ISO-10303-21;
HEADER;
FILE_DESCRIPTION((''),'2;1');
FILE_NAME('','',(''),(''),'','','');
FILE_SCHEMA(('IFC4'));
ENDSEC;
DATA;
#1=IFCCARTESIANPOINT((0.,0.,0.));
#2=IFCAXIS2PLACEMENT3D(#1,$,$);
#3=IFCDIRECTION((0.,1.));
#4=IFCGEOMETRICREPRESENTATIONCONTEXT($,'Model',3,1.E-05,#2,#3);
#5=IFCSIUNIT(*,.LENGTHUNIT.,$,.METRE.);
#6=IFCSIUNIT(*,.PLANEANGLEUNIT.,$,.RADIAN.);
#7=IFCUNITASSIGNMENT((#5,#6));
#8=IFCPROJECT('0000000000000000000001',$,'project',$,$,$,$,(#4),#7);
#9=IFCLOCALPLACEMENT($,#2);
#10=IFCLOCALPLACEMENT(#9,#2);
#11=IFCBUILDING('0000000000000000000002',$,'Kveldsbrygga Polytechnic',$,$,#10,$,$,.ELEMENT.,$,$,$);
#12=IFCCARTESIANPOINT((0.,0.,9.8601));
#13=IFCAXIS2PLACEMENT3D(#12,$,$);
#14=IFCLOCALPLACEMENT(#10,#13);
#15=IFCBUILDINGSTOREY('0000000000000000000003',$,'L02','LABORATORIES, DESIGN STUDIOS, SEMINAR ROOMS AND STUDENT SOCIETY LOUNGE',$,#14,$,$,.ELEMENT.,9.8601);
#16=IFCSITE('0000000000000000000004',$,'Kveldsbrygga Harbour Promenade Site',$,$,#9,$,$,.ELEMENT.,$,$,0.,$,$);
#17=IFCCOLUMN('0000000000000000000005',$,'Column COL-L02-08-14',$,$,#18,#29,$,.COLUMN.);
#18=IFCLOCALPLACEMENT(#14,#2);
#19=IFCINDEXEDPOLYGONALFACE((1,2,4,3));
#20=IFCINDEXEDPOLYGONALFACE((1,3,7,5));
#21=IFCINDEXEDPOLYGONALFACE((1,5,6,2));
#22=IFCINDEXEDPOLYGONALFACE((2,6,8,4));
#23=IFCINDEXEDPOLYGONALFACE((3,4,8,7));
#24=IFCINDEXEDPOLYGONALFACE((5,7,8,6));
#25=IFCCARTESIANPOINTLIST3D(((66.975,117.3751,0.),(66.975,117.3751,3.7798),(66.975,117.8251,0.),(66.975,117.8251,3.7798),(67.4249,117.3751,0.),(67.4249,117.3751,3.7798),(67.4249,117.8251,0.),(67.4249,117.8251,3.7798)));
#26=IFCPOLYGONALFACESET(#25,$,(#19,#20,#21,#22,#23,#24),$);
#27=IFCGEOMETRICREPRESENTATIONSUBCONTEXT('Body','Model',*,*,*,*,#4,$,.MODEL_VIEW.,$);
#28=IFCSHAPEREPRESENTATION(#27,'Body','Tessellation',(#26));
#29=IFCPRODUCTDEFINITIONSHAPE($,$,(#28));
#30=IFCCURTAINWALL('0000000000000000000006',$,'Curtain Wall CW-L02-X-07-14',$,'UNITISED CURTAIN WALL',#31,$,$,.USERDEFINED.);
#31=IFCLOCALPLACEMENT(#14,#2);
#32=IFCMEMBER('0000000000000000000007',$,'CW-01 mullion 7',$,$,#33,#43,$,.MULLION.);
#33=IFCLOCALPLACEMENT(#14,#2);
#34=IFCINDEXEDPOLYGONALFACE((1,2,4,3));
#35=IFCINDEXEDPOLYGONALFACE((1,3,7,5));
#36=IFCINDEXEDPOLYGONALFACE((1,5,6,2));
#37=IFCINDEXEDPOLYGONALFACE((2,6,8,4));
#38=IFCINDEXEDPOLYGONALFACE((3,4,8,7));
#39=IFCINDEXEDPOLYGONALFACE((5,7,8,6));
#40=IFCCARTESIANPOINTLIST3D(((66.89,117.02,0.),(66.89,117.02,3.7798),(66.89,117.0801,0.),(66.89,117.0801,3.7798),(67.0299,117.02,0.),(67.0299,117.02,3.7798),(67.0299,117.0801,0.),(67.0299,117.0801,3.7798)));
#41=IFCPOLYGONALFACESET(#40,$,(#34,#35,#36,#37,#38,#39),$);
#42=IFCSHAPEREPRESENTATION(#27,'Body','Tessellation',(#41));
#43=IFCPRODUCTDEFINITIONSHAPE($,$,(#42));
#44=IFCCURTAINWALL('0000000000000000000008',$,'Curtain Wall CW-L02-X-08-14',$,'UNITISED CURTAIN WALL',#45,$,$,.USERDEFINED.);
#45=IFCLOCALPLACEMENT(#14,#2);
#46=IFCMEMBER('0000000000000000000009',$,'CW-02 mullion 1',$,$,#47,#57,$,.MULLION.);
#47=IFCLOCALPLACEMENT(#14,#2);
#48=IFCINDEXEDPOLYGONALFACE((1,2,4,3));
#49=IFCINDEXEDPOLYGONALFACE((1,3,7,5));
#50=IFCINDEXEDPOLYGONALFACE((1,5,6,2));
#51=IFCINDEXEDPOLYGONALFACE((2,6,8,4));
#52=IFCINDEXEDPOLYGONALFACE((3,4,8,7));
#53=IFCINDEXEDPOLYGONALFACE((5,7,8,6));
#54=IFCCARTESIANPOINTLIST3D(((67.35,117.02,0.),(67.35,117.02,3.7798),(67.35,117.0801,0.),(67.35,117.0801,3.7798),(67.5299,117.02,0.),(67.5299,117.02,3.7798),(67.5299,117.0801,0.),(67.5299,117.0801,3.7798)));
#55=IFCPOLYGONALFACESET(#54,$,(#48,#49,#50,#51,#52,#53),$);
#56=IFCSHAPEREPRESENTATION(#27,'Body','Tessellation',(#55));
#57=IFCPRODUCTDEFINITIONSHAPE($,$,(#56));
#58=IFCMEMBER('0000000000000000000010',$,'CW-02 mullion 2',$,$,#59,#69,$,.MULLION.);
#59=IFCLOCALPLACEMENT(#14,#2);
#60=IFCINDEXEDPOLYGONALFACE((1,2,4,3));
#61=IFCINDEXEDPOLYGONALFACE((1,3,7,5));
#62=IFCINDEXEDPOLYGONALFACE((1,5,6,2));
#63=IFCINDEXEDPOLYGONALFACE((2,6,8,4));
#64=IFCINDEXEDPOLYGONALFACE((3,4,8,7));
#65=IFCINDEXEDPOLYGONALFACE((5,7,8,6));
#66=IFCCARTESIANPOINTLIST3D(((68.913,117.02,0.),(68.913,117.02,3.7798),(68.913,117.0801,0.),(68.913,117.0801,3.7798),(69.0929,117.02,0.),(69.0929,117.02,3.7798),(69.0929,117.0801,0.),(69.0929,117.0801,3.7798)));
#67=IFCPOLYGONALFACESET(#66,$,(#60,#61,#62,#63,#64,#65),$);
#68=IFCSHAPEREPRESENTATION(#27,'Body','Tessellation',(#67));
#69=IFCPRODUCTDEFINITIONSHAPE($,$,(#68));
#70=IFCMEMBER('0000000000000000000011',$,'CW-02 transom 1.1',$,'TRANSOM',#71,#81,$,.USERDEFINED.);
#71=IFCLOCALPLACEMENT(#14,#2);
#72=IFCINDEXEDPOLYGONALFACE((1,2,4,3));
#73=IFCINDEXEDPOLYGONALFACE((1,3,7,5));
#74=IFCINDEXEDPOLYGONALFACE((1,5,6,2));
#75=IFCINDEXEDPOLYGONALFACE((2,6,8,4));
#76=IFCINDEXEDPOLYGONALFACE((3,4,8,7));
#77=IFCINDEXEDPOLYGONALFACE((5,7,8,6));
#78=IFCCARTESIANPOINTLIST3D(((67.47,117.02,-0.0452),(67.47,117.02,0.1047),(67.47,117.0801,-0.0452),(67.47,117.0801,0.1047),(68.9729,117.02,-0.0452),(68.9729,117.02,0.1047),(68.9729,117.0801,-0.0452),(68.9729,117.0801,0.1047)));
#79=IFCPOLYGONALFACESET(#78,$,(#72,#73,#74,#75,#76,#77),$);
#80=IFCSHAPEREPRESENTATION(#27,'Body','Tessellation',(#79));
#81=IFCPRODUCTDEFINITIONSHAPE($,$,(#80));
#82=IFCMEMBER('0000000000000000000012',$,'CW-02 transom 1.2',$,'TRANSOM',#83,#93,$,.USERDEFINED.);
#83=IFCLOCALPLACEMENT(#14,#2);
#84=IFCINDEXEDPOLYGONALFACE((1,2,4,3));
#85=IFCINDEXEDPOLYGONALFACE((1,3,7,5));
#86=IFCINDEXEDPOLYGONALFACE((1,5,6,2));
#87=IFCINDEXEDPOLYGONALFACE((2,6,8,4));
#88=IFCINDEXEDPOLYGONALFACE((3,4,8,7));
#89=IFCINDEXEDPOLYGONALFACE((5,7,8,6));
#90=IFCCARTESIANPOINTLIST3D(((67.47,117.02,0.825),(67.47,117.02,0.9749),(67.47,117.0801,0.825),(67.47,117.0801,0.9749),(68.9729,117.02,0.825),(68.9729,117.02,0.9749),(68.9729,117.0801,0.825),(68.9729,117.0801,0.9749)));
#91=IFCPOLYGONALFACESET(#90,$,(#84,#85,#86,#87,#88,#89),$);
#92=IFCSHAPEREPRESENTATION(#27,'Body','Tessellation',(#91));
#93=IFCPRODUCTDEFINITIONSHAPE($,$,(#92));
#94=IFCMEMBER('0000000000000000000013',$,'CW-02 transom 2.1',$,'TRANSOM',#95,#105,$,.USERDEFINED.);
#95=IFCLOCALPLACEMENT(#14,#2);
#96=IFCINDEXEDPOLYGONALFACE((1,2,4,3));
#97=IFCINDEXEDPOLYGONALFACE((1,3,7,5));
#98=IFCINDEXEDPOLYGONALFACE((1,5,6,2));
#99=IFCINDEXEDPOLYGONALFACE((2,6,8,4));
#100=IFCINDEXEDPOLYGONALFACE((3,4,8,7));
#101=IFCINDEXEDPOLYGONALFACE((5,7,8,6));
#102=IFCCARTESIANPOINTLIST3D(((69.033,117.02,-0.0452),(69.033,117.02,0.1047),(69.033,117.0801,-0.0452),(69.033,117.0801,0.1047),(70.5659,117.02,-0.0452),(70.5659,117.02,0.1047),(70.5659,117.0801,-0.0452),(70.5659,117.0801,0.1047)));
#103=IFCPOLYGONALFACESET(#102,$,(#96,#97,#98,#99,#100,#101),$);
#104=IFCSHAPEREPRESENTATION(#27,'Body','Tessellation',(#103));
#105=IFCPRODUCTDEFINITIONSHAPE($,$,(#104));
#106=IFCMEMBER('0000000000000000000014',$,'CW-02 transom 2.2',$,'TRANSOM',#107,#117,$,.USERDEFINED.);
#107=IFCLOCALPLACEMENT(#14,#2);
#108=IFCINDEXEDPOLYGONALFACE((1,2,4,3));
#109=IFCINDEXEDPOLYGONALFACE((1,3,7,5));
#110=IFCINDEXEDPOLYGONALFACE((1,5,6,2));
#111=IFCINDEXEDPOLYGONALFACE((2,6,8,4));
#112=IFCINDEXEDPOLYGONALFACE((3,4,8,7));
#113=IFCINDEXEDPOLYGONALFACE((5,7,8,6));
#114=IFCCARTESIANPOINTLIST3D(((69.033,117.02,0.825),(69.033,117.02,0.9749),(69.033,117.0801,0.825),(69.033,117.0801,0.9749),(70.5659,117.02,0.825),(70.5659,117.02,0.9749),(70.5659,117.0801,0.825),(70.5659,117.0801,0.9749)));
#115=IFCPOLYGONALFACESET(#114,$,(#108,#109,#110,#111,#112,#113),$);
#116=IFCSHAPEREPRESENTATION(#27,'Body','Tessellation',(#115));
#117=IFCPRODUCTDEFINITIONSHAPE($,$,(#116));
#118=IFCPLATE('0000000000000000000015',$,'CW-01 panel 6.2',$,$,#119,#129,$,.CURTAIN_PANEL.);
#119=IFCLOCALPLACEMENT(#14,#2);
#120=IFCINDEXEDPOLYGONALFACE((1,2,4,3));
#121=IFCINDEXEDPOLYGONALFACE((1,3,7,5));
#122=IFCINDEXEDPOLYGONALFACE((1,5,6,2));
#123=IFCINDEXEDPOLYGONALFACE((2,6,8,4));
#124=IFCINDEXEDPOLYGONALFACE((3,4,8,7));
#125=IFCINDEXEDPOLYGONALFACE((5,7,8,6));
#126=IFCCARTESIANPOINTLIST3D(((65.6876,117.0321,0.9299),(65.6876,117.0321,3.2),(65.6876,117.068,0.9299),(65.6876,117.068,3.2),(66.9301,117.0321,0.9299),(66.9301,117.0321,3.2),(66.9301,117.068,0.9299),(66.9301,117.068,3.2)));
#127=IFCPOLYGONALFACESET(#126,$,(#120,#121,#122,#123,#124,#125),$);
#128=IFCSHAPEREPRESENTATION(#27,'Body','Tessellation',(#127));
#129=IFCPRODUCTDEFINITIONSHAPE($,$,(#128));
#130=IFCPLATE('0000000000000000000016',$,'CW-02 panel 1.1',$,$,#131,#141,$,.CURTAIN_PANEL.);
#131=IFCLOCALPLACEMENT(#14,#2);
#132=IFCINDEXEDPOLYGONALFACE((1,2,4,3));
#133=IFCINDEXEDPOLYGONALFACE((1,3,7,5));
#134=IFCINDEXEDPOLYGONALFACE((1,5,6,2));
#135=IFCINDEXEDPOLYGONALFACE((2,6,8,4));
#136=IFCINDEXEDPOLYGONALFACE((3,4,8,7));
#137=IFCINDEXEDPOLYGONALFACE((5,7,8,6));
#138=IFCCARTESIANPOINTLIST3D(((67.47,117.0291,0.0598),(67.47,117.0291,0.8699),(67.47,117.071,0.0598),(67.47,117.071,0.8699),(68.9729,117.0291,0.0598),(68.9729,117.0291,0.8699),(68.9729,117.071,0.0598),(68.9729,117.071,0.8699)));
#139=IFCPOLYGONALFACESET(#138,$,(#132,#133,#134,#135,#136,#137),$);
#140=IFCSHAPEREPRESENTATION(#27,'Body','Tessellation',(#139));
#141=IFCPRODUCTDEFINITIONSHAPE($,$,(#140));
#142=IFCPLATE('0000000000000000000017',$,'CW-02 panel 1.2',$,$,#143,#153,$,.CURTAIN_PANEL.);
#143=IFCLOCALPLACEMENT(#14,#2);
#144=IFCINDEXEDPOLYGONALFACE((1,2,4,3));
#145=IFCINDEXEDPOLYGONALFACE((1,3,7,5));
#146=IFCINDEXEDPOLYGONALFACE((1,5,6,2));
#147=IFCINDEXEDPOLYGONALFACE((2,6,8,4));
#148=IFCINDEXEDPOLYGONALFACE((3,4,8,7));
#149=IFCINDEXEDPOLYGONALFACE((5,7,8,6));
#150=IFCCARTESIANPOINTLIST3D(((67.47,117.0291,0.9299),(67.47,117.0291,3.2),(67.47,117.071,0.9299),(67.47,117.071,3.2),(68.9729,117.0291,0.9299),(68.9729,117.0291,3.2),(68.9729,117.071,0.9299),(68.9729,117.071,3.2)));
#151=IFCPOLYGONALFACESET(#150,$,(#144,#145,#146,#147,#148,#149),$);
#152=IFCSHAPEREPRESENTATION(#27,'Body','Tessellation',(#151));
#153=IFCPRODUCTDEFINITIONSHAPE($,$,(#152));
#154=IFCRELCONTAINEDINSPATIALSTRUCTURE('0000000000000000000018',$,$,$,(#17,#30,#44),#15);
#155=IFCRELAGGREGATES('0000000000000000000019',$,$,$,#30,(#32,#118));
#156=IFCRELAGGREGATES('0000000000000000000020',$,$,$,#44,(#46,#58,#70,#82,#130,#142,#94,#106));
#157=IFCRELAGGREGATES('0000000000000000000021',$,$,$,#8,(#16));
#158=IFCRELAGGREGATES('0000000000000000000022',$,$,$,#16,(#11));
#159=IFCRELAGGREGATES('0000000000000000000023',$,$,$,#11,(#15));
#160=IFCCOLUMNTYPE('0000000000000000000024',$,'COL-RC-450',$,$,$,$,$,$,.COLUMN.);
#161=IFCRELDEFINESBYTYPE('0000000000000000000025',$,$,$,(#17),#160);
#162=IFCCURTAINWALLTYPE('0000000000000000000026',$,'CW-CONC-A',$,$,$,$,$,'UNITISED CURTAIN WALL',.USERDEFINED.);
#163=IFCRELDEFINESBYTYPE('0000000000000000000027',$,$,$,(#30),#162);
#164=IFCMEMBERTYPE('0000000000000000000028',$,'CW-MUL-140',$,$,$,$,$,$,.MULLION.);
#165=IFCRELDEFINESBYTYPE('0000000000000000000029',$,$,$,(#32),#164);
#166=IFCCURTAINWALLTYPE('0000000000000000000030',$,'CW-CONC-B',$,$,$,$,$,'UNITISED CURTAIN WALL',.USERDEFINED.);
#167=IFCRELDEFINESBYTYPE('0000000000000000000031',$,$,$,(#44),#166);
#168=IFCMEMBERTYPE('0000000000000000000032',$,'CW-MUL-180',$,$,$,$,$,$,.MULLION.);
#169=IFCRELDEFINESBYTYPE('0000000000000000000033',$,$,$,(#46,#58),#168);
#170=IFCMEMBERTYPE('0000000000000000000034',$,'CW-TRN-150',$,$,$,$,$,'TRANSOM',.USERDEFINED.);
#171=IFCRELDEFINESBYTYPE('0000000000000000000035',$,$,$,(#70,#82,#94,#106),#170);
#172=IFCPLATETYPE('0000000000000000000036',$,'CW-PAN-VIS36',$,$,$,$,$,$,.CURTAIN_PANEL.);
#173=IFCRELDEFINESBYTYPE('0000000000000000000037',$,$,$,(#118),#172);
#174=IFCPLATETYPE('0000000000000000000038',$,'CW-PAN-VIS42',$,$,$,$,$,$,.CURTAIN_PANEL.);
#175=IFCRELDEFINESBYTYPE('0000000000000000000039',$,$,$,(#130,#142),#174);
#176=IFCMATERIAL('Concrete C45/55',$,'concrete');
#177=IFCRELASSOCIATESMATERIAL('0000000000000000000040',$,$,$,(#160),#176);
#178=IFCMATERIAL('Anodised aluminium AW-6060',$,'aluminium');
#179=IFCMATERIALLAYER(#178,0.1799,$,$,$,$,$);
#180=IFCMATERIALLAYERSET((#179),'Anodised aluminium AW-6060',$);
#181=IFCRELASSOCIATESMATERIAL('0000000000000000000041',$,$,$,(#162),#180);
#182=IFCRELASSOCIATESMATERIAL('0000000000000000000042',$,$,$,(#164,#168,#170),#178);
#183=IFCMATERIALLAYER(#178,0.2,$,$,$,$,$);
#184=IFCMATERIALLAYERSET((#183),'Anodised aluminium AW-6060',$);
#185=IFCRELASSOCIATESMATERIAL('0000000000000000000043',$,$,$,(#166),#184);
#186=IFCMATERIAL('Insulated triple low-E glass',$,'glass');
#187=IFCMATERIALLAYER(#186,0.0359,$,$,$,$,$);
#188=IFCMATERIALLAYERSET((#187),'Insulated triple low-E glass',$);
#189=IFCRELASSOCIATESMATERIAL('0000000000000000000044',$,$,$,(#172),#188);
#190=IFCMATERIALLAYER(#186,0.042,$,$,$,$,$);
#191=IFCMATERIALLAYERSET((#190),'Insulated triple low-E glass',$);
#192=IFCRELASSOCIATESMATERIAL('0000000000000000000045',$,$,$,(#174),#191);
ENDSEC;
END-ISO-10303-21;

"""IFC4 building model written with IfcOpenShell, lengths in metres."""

from ifc_helpers import new_model, si_unit, direction, frame, origin, origin_2d, place, context, subcontext, project, spatial, rectangle, extrude, material, layer, layer_set, material_profile, profile_set, type_object, element, aggregate, save


model = new_model("IFC4")

# Units and contexts
model_context = context("Model", 3, precision=1e-05, world=origin(), true_north=direction((0.0, 1.0)))
body_context = subcontext(model_context, "Body", "Model", "MODEL_VIEW")
ifc_project = project(units=[si_unit("LENGTHUNIT", "METRE"), si_unit("PLANEANGLEUNIT", "RADIAN")], contexts=[model_context])

# Site, building, storey
site_placement = place(None, origin())
site = spatial("IfcSite", under=ifc_project, at=site_placement, Name="Kveldsbrygga Harbour Promenade Site", CompositionType="ELEMENT", RefElevation=0.0)
building_placement = place(site_placement, origin())
building = spatial("IfcBuilding", under=site, at=building_placement, Name="Kveldsbrygga Polytechnic", CompositionType="ELEMENT")
storey_placement = place(building_placement, frame((0.0, 0.0, 9.8601)))
storey = spatial("IfcBuildingStorey", under=building, at=storey_placement, Name="L02", Description="LABORATORIES, DESIGN STUDIOS, SEMINAR ROOMS AND STUDENT SOCIETY LOUNGE", CompositionType="ELEMENT", Elevation=9.8601)

# Column
ifc_material_1 = material(Name="Concrete C45/55", Category="concrete")
ifc_material_profile_1 = material_profile(ifc_material_1, rectangle(XDim=0.45, YDim=0.45, at=origin_2d()), Name="RC 450x450")
ifc_profile_set_1 = profile_set([ifc_material_profile_1], Name="Concrete C45/55")
column_type = type_object("IfcColumnType", Name="COL-RC-450", PredefinedType="COLUMN", material=ifc_profile_set_1)
column_placement = place(storey_placement, frame((67.2, 117.6001, 0.0), z_axis=(0.0, 0.0, 1.0), x_axis=(1.0, 0.0, 0.0)))
element("IfcColumn", 1, at=column_placement, inside=storey, type_object=column_type, Name="Column COL-L02-08-14", PredefinedType="COLUMN", context=body_context, shape_type="SweptSolid", body=[
    extrude(rectangle(XDim=0.45, YDim=0.45, at=origin_2d()), origin(), (0.0, 0.0, 1.0), 3.7798),
])

# Curtain wall, member
ifc_material_2 = material(Name="Anodised aluminium AW-6060", Category="aluminium")
ifc_layer_1 = layer(ifc_material_2, 0.1799)
ifc_layer_set_1 = layer_set([ifc_layer_1], Name="Anodised aluminium AW-6060")
curtain_wall_type_1 = type_object("IfcCurtainWallType", Name="CW-CONC-A", ElementType="UNITISED CURTAIN WALL", PredefinedType="USERDEFINED", material=ifc_layer_set_1)
curtain_wall_1_placement = place(storey_placement, origin())
curtain_wall_1 = element("IfcCurtainWall", 2, at=curtain_wall_1_placement, inside=storey, type_object=curtain_wall_type_1, Name="Curtain Wall CW-L02-X-07-14", ObjectType="UNITISED CURTAIN WALL", PredefinedType="USERDEFINED")
ifc_material_profile_2 = material_profile(ifc_material_2, rectangle(XDim=0.0601, YDim=0.1399, at=origin_2d()), Name="ALU 60x140")
ifc_profile_set_2 = profile_set([ifc_material_profile_2], Name="Anodised aluminium AW-6060")
member_type_1 = type_object("IfcMemberType", Name="CW-MUL-140", PredefinedType="MULLION", material=ifc_profile_set_2)
member_1_placement = place(storey_placement, frame((66.96, 117.05, 0.0), z_axis=(0.0, 0.0, 1.0), x_axis=(0.0, 1.0, 0.0)))
member_1 = element("IfcMember", 3, at=member_1_placement, type_object=member_type_1, Name="CW-01 mullion 7", PredefinedType="MULLION", context=body_context, shape_type="SweptSolid", body=[
    extrude(rectangle(XDim=0.0601, YDim=0.1399, at=origin_2d()), origin(), (0.0, 0.0, 1.0), 3.7798),
])

# Curtain wall, members
ifc_layer_2 = layer(ifc_material_2, 0.2)
ifc_layer_set_2 = layer_set([ifc_layer_2], Name="Anodised aluminium AW-6060")
curtain_wall_type_2 = type_object("IfcCurtainWallType", Name="CW-CONC-B", ElementType="UNITISED CURTAIN WALL", PredefinedType="USERDEFINED", material=ifc_layer_set_2)
curtain_wall_2_placement = place(storey_placement, origin())
curtain_wall_2 = element("IfcCurtainWall", 4, at=curtain_wall_2_placement, inside=storey, type_object=curtain_wall_type_2, Name="Curtain Wall CW-L02-X-08-14", ObjectType="UNITISED CURTAIN WALL", PredefinedType="USERDEFINED")
ifc_material_profile_3 = material_profile(ifc_material_2, rectangle(XDim=0.0601, YDim=0.1799, at=origin_2d()), Name="ALU 60x180")
ifc_profile_set_3 = profile_set([ifc_material_profile_3], Name="Anodised aluminium AW-6060")
member_type_2 = type_object("IfcMemberType", Name="CW-MUL-180", PredefinedType="MULLION", material=ifc_profile_set_3)
member_2_placement = place(storey_placement, frame((67.4399, 117.05, 0.0), z_axis=(0.0, 0.0, 1.0), x_axis=(0.0, 1.0, 0.0)))
member_2 = element("IfcMember", 5, at=member_2_placement, type_object=member_type_2, Name="CW-02 mullion 1", PredefinedType="MULLION", context=body_context, shape_type="SweptSolid", body=[
    extrude(rectangle(XDim=0.0601, YDim=0.1799, at=origin_2d()), origin(), (0.0, 0.0, 1.0), 3.7798),
])
member_3_placement = place(storey_placement, frame((69.0029, 117.05, 0.0), z_axis=(0.0, 0.0, 1.0), x_axis=(0.0, 1.0, 0.0)))
member_3 = element("IfcMember", 6, at=member_3_placement, type_object=member_type_2, Name="CW-02 mullion 2", PredefinedType="MULLION", context=body_context, shape_type="SweptSolid", body=[
    extrude(rectangle(XDim=0.0601, YDim=0.1799, at=origin_2d()), origin(), (0.0, 0.0, 1.0), 3.7798),
])
ifc_material_profile_4 = material_profile(ifc_material_2, rectangle(XDim=0.0601, YDim=0.1499, at=origin_2d()), Name="ALU 60x150")
ifc_profile_set_4 = profile_set([ifc_material_profile_4], Name="Anodised aluminium AW-6060")
member_type_3 = type_object("IfcMemberType", Name="CW-TRN-150", ElementType="TRANSOM", PredefinedType="USERDEFINED", material=ifc_profile_set_4)
member_4_placement = place(storey_placement, frame((67.47, 117.05, 0.0298), z_axis=(1.0, 0.0, 0.0), x_axis=(0.0, 1.0, 0.0)))
member_4 = element("IfcMember", 7, at=member_4_placement, type_object=member_type_3, Name="CW-02 transom 1.1", ObjectType="TRANSOM", PredefinedType="USERDEFINED", context=body_context, shape_type="SweptSolid", body=[
    extrude(rectangle(XDim=0.0601, YDim=0.1499, at=origin_2d()), origin(), (0.0, 0.0, 1.0), 1.5029),
])
member_5_placement = place(storey_placement, frame((67.47, 117.05, 0.8999), z_axis=(1.0, 0.0, 0.0), x_axis=(0.0, 1.0, 0.0)))
member_5 = element("IfcMember", 8, at=member_5_placement, type_object=member_type_3, Name="CW-02 transom 1.2", ObjectType="TRANSOM", PredefinedType="USERDEFINED", context=body_context, shape_type="SweptSolid", body=[
    extrude(rectangle(XDim=0.0601, YDim=0.1499, at=origin_2d()), origin(), (0.0, 0.0, 1.0), 1.5029),
])
member_6_placement = place(storey_placement, frame((69.033, 117.05, 0.0298), z_axis=(1.0, 0.0, 0.0), x_axis=(0.0, 1.0, 0.0)))
member_6 = element("IfcMember", 9, at=member_6_placement, type_object=member_type_3, Name="CW-02 transom 2.1", ObjectType="TRANSOM", PredefinedType="USERDEFINED", context=body_context, shape_type="SweptSolid", body=[
    extrude(rectangle(XDim=0.0601, YDim=0.1499, at=origin_2d()), origin(), (0.0, 0.0, 1.0), 1.533),
])
member_7_placement = place(storey_placement, frame((69.033, 117.05, 0.8999), z_axis=(1.0, 0.0, 0.0), x_axis=(0.0, 1.0, 0.0)))
member_7 = element("IfcMember", 10, at=member_7_placement, type_object=member_type_3, Name="CW-02 transom 2.2", ObjectType="TRANSOM", PredefinedType="USERDEFINED", context=body_context, shape_type="SweptSolid", body=[
    extrude(rectangle(XDim=0.0601, YDim=0.1499, at=origin_2d()), origin(), (0.0, 0.0, 1.0), 1.533),
])

# Plates
ifc_material_3 = material(Name="Insulated triple low-E glass", Category="glass")
ifc_layer_3 = layer(ifc_material_3, 0.0359)
ifc_layer_set_3 = layer_set([ifc_layer_3], Name="Insulated triple low-E glass")
plate_type_1 = type_object("IfcPlateType", Name="CW-PAN-VIS36", PredefinedType="CURTAIN_PANEL", material=ifc_layer_set_3)
plate_1_placement = place(storey_placement, frame((66.3088, 117.05, 0.9299), z_axis=(0.0, 0.0, 1.0), x_axis=(1.0, 0.0, 0.0)))
plate_1 = element("IfcPlate", 11, at=plate_1_placement, type_object=plate_type_1, Name="CW-01 panel 6.2", PredefinedType="CURTAIN_PANEL", context=body_context, shape_type="SweptSolid", body=[
    extrude(rectangle(XDim=1.2424, YDim=0.0359, at=origin_2d()), origin(), (0.0, 0.0, 1.0), 2.27),
])
aggregate(curtain_wall_1, [member_1, plate_1])
ifc_layer_4 = layer(ifc_material_3, 0.042)
ifc_layer_set_4 = layer_set([ifc_layer_4], Name="Insulated triple low-E glass")
plate_type_2 = type_object("IfcPlateType", Name="CW-PAN-VIS42", PredefinedType="CURTAIN_PANEL", material=ifc_layer_set_4)
plate_2_placement = place(storey_placement, frame((68.2214, 117.05, 0.0598), z_axis=(0.0, 0.0, 1.0), x_axis=(1.0, 0.0, 0.0)))
plate_2 = element("IfcPlate", 12, at=plate_2_placement, type_object=plate_type_2, Name="CW-02 panel 1.1", PredefinedType="CURTAIN_PANEL", context=body_context, shape_type="SweptSolid", body=[
    extrude(rectangle(XDim=1.5029, YDim=0.042, at=origin_2d()), origin(), (0.0, 0.0, 1.0), 0.8101),
])
plate_3_placement = place(storey_placement, frame((68.2214, 117.05, 0.9299), z_axis=(0.0, 0.0, 1.0), x_axis=(1.0, 0.0, 0.0)))
plate_3 = element("IfcPlate", 13, at=plate_3_placement, type_object=plate_type_2, Name="CW-02 panel 1.2", PredefinedType="CURTAIN_PANEL", context=body_context, shape_type="SweptSolid", body=[
    extrude(rectangle(XDim=1.5029, YDim=0.042, at=origin_2d()), origin(), (0.0, 0.0, 1.0), 2.27),
])
aggregate(curtain_wall_2, [member_2, member_3, member_4, member_5, plate_2, plate_3, member_6, member_7])

save(model, "model.ifc")
